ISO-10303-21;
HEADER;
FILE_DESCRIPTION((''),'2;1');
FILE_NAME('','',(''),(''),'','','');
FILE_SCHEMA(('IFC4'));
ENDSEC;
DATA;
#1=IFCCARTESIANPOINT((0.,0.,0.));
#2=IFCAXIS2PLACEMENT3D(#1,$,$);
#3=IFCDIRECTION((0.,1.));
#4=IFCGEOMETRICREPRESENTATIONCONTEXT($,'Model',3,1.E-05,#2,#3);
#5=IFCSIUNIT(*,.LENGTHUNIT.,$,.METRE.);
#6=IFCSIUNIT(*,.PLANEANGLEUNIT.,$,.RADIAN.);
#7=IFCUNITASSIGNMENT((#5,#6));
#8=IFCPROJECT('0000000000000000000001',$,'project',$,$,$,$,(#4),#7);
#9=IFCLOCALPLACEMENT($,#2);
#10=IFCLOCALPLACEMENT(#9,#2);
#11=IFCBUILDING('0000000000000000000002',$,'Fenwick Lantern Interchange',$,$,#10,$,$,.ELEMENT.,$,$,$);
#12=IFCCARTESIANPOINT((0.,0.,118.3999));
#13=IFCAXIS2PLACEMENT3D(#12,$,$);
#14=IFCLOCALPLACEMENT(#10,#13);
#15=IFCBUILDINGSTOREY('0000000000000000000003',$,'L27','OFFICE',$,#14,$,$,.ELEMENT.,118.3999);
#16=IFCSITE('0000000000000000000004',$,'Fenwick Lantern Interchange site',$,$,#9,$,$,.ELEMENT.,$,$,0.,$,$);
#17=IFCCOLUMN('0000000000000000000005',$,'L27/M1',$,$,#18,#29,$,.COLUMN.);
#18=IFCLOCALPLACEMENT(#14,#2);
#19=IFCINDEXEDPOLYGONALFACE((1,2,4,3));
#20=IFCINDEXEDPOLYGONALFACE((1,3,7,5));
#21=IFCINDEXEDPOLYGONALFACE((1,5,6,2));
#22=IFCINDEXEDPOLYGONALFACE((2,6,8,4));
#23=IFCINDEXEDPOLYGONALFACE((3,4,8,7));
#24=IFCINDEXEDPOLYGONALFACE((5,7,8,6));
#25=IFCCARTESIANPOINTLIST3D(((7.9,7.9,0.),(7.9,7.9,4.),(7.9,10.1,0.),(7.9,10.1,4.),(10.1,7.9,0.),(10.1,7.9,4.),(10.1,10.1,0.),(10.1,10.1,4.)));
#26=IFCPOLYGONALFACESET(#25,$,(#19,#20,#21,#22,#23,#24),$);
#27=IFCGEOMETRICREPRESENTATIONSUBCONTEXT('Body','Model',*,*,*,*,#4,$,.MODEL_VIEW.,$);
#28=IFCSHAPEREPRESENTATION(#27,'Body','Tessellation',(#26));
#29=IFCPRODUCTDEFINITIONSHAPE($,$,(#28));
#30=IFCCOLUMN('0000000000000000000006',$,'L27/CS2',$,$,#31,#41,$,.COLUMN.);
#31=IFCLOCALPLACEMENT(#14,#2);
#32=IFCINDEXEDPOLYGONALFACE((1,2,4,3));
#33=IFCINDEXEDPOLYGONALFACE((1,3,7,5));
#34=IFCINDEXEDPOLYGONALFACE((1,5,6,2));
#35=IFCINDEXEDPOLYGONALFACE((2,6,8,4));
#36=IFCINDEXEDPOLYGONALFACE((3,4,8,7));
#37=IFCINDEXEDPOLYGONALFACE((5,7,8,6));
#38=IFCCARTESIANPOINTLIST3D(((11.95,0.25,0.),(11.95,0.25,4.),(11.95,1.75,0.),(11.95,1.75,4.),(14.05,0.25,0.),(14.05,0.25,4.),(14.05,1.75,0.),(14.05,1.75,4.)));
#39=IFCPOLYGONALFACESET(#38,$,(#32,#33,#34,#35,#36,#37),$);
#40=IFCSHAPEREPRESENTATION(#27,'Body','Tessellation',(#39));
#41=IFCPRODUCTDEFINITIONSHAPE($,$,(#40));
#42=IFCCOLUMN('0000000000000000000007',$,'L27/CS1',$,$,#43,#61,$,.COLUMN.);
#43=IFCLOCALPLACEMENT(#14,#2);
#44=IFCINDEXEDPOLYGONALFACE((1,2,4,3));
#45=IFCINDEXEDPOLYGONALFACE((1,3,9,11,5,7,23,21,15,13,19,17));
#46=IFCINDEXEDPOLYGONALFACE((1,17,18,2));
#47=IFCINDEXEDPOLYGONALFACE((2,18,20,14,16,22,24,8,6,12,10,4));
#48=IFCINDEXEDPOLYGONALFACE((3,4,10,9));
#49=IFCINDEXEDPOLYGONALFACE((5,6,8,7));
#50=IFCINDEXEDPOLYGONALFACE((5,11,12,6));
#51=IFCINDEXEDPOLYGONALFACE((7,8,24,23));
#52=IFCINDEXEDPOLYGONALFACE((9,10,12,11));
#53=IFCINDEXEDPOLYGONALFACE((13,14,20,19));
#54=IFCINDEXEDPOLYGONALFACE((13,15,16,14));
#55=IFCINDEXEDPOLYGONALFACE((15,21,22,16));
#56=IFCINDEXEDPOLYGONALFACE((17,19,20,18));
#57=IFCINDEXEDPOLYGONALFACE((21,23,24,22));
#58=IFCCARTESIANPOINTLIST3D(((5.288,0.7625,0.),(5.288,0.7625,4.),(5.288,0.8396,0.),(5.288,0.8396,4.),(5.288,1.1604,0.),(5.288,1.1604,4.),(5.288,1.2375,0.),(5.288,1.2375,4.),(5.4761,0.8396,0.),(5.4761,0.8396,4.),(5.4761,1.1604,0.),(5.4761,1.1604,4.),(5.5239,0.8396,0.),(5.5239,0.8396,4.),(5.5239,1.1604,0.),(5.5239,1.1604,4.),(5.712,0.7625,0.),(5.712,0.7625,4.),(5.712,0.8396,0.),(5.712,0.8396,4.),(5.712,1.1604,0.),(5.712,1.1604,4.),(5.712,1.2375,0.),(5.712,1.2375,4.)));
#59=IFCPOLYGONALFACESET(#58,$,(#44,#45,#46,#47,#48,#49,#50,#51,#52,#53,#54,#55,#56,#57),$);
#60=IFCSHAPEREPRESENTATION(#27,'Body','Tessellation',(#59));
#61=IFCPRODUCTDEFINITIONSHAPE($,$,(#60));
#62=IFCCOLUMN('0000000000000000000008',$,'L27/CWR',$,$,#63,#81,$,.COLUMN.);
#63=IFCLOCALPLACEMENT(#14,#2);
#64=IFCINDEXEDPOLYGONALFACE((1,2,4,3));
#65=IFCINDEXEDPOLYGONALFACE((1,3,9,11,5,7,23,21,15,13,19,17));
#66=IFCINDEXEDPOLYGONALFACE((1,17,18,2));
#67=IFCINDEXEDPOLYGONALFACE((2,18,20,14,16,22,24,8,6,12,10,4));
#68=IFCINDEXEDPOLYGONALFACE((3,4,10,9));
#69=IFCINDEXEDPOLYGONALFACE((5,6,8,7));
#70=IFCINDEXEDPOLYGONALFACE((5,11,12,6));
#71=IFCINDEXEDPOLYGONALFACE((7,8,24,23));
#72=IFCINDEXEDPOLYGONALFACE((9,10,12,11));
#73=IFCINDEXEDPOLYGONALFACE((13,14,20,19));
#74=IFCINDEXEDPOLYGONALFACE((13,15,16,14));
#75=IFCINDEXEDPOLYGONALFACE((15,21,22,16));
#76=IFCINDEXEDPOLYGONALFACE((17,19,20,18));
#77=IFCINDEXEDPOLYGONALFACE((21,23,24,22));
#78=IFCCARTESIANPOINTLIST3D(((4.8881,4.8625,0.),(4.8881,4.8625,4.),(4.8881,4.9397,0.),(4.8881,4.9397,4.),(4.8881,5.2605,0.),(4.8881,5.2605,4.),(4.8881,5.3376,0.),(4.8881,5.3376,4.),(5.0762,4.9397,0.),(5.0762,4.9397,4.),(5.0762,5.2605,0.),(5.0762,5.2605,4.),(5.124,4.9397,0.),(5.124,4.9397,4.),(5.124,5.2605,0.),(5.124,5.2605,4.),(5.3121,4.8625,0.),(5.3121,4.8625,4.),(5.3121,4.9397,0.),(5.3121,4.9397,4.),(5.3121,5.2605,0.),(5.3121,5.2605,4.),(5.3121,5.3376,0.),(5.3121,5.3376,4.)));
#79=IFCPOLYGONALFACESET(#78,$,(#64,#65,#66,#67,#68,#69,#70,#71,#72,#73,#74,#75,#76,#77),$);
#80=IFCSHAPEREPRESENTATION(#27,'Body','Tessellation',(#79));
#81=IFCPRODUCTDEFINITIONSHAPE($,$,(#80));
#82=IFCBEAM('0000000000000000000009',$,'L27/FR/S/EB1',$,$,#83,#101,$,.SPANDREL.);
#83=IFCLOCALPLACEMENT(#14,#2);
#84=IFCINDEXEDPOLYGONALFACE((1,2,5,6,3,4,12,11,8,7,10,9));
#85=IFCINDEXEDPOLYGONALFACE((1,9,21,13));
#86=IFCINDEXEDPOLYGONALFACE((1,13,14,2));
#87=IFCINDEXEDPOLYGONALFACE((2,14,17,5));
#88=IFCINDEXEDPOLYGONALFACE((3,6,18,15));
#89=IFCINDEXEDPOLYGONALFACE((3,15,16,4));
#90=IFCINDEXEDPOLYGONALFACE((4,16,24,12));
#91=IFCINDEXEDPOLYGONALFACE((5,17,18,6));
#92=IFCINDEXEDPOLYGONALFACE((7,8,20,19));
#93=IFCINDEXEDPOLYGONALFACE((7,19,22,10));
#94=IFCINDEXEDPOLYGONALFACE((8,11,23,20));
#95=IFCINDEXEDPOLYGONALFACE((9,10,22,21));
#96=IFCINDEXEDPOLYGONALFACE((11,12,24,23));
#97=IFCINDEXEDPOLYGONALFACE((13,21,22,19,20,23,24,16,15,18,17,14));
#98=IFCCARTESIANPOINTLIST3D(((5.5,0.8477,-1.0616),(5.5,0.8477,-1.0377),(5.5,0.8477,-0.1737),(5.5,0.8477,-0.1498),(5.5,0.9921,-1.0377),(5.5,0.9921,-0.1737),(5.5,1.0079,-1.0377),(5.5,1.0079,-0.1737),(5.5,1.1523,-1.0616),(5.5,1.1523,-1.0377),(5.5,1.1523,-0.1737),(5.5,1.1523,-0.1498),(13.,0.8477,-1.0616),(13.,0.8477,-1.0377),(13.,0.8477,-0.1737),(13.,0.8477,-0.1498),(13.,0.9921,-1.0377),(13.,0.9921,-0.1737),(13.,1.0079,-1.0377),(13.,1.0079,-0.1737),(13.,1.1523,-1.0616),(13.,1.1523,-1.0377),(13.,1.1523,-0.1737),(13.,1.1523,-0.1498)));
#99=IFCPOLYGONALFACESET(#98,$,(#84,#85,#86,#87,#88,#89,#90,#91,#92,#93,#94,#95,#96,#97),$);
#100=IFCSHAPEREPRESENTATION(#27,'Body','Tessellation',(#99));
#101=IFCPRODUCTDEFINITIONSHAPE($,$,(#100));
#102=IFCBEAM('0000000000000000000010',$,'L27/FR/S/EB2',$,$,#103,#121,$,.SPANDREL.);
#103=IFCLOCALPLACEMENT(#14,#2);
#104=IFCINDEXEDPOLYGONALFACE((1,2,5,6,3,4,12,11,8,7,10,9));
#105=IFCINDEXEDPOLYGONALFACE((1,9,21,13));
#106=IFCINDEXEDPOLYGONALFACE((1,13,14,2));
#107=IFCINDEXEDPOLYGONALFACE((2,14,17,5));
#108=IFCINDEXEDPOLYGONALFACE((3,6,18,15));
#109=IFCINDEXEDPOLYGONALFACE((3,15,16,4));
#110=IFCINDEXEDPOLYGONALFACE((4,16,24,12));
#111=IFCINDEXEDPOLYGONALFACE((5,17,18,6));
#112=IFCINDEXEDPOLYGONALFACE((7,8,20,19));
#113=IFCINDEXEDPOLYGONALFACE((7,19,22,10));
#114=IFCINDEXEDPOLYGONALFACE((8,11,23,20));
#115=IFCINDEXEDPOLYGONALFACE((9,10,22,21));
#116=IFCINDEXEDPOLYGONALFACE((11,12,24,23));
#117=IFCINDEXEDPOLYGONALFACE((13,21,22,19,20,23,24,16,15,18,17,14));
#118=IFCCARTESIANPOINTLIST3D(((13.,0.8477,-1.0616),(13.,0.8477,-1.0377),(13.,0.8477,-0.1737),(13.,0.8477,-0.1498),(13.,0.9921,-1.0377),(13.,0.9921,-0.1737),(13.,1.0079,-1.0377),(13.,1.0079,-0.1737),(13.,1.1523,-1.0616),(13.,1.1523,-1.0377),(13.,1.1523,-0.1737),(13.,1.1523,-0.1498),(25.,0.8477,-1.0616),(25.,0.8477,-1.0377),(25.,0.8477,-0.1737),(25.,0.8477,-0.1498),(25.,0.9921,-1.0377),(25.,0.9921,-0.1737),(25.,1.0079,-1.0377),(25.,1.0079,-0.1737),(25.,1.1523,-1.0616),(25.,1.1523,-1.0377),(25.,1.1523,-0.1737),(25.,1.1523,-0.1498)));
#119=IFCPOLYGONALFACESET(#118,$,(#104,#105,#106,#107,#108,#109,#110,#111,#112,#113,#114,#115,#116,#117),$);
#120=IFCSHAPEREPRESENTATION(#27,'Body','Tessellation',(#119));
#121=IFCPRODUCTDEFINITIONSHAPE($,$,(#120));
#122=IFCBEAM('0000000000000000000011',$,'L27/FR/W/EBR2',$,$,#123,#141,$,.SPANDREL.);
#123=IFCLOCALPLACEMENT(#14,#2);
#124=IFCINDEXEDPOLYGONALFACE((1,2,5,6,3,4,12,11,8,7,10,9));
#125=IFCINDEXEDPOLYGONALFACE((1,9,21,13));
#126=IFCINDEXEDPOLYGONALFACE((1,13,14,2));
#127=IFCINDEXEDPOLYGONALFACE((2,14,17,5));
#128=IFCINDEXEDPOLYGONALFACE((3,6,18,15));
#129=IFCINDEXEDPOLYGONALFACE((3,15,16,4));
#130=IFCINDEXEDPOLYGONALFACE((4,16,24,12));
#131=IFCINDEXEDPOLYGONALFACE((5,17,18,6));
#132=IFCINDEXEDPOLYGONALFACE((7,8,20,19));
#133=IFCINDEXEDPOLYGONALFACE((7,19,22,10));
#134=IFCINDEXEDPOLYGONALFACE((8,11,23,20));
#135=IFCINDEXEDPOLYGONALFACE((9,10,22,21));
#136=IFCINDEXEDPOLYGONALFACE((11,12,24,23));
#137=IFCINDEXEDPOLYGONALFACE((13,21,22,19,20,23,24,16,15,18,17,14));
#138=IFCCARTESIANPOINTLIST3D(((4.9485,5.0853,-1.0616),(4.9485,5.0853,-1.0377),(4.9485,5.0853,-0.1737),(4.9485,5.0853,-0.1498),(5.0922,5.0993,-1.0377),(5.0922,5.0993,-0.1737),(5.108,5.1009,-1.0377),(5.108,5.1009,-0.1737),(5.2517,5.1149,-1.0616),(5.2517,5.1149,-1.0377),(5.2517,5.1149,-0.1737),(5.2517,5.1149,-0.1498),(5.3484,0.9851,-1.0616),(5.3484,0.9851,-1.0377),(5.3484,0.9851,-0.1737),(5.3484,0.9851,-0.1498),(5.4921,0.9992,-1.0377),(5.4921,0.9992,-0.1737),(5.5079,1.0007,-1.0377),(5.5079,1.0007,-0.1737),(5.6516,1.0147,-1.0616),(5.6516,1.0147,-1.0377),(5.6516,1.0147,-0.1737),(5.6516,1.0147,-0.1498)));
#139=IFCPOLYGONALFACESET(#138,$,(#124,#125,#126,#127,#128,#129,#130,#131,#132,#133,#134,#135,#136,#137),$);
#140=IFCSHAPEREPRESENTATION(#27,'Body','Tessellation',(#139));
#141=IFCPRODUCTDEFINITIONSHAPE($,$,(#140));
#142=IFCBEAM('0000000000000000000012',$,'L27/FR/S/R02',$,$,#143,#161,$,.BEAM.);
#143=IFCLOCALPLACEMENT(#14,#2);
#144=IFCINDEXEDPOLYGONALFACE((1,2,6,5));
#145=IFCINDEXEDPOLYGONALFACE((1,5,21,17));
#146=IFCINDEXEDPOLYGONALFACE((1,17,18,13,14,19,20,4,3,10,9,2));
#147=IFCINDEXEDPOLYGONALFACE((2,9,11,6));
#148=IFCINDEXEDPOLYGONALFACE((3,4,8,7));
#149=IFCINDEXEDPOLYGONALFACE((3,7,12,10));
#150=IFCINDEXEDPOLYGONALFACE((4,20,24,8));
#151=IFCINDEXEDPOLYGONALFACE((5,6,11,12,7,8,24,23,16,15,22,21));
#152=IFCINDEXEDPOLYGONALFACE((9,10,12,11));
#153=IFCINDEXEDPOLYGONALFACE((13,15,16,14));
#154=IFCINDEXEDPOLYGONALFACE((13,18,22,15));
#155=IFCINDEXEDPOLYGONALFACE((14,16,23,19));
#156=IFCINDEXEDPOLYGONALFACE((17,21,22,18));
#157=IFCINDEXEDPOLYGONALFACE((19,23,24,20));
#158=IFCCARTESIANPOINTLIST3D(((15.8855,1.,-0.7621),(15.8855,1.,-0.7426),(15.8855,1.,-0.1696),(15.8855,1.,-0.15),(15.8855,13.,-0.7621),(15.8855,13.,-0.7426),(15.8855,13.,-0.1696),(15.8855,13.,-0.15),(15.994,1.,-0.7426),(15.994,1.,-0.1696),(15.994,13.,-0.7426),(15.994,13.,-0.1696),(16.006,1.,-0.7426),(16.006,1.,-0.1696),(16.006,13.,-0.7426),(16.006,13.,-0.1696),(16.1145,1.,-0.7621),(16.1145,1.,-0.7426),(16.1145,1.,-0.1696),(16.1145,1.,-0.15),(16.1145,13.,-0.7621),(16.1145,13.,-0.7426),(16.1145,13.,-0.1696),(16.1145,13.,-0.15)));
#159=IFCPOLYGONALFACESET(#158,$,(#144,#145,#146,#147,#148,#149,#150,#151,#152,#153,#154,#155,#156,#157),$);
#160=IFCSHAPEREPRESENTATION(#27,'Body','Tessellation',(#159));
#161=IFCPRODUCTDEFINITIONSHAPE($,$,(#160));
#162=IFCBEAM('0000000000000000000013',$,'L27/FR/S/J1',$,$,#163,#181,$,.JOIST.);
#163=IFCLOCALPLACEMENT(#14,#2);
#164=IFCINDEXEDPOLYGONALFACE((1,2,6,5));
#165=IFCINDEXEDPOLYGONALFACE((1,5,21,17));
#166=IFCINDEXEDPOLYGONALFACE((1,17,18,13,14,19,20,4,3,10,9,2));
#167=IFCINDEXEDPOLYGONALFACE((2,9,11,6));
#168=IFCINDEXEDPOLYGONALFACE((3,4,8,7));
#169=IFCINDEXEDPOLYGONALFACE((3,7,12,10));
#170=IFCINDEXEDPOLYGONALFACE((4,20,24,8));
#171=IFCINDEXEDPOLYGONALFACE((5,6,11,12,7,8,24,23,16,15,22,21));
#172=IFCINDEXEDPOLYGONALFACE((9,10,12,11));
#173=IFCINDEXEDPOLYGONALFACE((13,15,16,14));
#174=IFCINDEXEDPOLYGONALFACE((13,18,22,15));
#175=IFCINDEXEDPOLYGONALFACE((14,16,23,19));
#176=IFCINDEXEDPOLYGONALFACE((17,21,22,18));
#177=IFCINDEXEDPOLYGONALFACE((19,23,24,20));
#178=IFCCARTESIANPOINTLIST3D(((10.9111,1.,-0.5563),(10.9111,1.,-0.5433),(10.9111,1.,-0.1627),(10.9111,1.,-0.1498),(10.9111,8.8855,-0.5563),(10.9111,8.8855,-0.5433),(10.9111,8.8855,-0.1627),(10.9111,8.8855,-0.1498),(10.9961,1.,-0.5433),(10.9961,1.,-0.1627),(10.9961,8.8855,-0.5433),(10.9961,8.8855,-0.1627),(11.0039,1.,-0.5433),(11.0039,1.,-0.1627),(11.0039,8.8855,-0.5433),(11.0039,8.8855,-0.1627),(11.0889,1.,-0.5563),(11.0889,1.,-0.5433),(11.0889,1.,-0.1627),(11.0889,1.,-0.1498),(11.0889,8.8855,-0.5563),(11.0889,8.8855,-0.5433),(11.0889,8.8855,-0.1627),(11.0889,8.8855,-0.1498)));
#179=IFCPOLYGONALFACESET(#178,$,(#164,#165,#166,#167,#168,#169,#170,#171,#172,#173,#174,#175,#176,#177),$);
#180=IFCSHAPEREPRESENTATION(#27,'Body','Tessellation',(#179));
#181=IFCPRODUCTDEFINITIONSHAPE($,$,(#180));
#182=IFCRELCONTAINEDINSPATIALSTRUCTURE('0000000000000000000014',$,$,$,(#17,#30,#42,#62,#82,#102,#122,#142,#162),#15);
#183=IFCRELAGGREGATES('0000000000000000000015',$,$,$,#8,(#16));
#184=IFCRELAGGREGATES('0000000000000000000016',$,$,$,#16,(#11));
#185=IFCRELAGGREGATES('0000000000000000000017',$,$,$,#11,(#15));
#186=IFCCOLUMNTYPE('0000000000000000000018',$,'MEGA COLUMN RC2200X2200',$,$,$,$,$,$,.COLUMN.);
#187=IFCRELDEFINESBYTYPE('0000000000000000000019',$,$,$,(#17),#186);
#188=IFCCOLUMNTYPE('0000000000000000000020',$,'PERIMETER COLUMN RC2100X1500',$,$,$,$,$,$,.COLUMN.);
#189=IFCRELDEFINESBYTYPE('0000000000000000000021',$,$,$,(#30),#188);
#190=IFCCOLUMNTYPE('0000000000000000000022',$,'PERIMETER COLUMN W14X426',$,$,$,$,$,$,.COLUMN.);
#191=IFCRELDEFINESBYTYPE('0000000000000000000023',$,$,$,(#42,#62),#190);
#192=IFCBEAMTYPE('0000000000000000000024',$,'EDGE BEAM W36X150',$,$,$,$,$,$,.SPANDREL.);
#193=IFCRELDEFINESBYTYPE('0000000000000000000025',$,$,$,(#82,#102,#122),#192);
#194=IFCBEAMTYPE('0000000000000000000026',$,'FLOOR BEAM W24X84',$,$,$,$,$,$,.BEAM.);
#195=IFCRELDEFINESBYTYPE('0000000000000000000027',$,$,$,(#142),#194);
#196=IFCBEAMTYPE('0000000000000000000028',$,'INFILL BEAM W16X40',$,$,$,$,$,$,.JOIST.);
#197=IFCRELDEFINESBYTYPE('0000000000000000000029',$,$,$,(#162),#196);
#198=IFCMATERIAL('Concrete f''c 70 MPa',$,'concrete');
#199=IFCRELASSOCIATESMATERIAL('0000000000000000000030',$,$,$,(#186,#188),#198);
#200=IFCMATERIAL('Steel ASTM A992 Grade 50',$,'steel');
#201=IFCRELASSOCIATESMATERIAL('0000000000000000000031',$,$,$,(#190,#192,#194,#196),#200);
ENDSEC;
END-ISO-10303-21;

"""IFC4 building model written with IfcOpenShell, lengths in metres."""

from ifc_helpers import new_model, si_unit, direction, frame, origin, origin_2d, place, context, subcontext, project, spatial, rectangle, i_section, extrude, material, material_profile, profile_set, type_object, element, save


model = new_model("IFC4")

# Units and contexts
model_context = context("Model", 3, precision=1e-05, world=origin(), true_north=direction((0.0, 1.0)))
body_context = subcontext(model_context, "Body", "Model", "MODEL_VIEW")
ifc_project = project(units=[si_unit("LENGTHUNIT", "METRE"), si_unit("PLANEANGLEUNIT", "RADIAN")], contexts=[model_context])

# Site, building, storey
site_placement = place(None, origin())
site = spatial("IfcSite", under=ifc_project, at=site_placement, Name="Fenwick Lantern Interchange site", CompositionType="ELEMENT", RefElevation=0.0)
building_placement = place(site_placement, origin())
building = spatial("IfcBuilding", under=site, at=building_placement, Name="Fenwick Lantern Interchange", CompositionType="ELEMENT")
storey_placement = place(building_placement, frame((0.0, 0.0, 118.3999)))
storey = spatial("IfcBuildingStorey", under=building, at=storey_placement, Name="L27", Description="OFFICE", CompositionType="ELEMENT", Elevation=118.3999)

# Columns
ifc_material_1 = material(Name="Concrete f'c 70 MPa", Category="concrete")
ifc_material_profile_1 = material_profile(ifc_material_1, rectangle(XDim=2.2, YDim=2.2, at=origin_2d()), Name="RC2200X2200")
ifc_profile_set_1 = profile_set([ifc_material_profile_1], Name="Concrete f'c 70 MPa")
column_type_1 = type_object("IfcColumnType", Name="MEGA COLUMN RC2200X2200", PredefinedType="COLUMN", material=ifc_profile_set_1)
column_1_placement = place(storey_placement, frame((9.0, 9.0, 0.0), z_axis=(0.0, 0.0, 1.0), x_axis=(1.0, 0.0, 0.0)))
element("IfcColumn", 1, at=column_1_placement, inside=storey, type_object=column_type_1, Name="L27/M1", PredefinedType="COLUMN", context=body_context, shape_type="SweptSolid", body=[
    extrude(rectangle(XDim=2.2, YDim=2.2, at=origin_2d()), origin(), (0.0, 0.0, 1.0), 4.0),
])
ifc_material_profile_2 = material_profile(ifc_material_1, rectangle(XDim=2.1001, YDim=1.5, at=origin_2d()), Name="RC2100X1500")
ifc_profile_set_2 = profile_set([ifc_material_profile_2], Name="Concrete f'c 70 MPa")
column_type_2 = type_object("IfcColumnType", Name="PERIMETER COLUMN RC2100X1500", PredefinedType="COLUMN", material=ifc_profile_set_2)
column_2_placement = place(storey_placement, frame((13.0, 1.0, 0.0), z_axis=(0.0, 0.0, 1.0), x_axis=(1.0, 0.0, 0.0)))
element("IfcColumn", 2, at=column_2_placement, inside=storey, type_object=column_type_2, Name="L27/CS2", PredefinedType="COLUMN", context=body_context, shape_type="SweptSolid", body=[
    extrude(rectangle(XDim=2.1001, YDim=1.5, at=origin_2d()), origin(), (0.0, 0.0, 1.0), 4.0),
])
ifc_material_2 = material(Name="Steel ASTM A992 Grade 50", Category="steel")
ifc_material_profile_3 = material_profile(ifc_material_2, i_section(OverallWidth=0.4241, OverallDepth=0.4751, WebThickness=0.0479, FlangeThickness=0.0771, at=origin_2d()), Name="W14X426")
ifc_profile_set_3 = profile_set([ifc_material_profile_3], Name="Steel ASTM A992 Grade 50")
column_type_3 = type_object("IfcColumnType", Name="PERIMETER COLUMN W14X426", PredefinedType="COLUMN", material=ifc_profile_set_3)
for number, where, z_axis, x_axis, name in (
    (3, (5.5, 1.0, 0.0), (0.0, 0.0, 1.0), (1.0, 0.0, 0.0), "L27/CS1"),
    (4, (5.1001, 5.1001, 0.0), (0.0, 0.0, 1.0), (1.0, 0.0, 0.0), "L27/CWR"),
):
    element("IfcColumn", number, at=place(storey_placement, frame(where, z_axis=z_axis, x_axis=x_axis)), inside=storey, type_object=column_type_3, Name=name, PredefinedType="COLUMN", context=body_context, shape_type="SweptSolid", body=[
        extrude(i_section(OverallWidth=0.4241, OverallDepth=0.4751, WebThickness=0.0479, FlangeThickness=0.0771, at=origin_2d()), origin(), (0.0, 0.0, 1.0), 4.0),
    ])

# Beams
ifc_material_profile_4 = material_profile(ifc_material_2, i_section(OverallWidth=0.3047, OverallDepth=0.9119, WebThickness=0.0159, FlangeThickness=0.0239, at=origin_2d()), Name="W36X150")
ifc_profile_set_4 = profile_set([ifc_material_profile_4], Name="Steel ASTM A992 Grade 50")
beam_type_1 = type_object("IfcBeamType", Name="EDGE BEAM W36X150", PredefinedType="SPANDREL", material=ifc_profile_set_4)
beam_1_placement = place(storey_placement, frame((5.5, 1.0, -0.6057), z_axis=(1.0, 0.0, 0.0), x_axis=(0.0, 1.0, 0.0)))
element("IfcBeam", 5, at=beam_1_placement, inside=storey, type_object=beam_type_1, Name="L27/FR/S/EB1", PredefinedType="SPANDREL", context=body_context, shape_type="SweptSolid", body=[
    extrude(i_section(OverallWidth=0.3047, OverallDepth=0.9119, WebThickness=0.0159, FlangeThickness=0.0239, at=origin_2d()), origin(), (0.0, 0.0, 1.0), 7.5),
])
beam_2_placement = place(storey_placement, frame((13.0, 1.0, -0.6057), z_axis=(1.0, 0.0, 0.0), x_axis=(0.0, 1.0, 0.0)))
element("IfcBeam", 6, at=beam_2_placement, inside=storey, type_object=beam_type_1, Name="L27/FR/S/EB2", PredefinedType="SPANDREL", context=body_context, shape_type="SweptSolid", body=[
    extrude(i_section(OverallWidth=0.3047, OverallDepth=0.9119, WebThickness=0.0159, FlangeThickness=0.0239, at=origin_2d()), origin(), (0.0, 0.0, 1.0), 12.0),
])
beam_3_placement = place(storey_placement, frame((5.1001, 5.1001, -0.6057), z_axis=(0.097074, -0.995277, 0.0), x_axis=(0.995277, 0.097074, 0.0)))
element("IfcBeam", 7, at=beam_3_placement, inside=storey, type_object=beam_type_1, Name="L27/FR/W/EBR2", PredefinedType="SPANDREL", context=body_context, shape_type="SweptSolid", body=[
    extrude(i_section(OverallWidth=0.3047, OverallDepth=0.9119, WebThickness=0.0159, FlangeThickness=0.0239, at=origin_2d()), origin(), (0.0, 0.0, 1.0), 4.1196),
])
ifc_material_profile_5 = material_profile(ifc_material_2, i_section(OverallWidth=0.229, OverallDepth=0.6121, WebThickness=0.012, FlangeThickness=0.0195, at=origin_2d()), Name="W24X84")
ifc_profile_set_5 = profile_set([ifc_material_profile_5], Name="Steel ASTM A992 Grade 50")
beam_type_2 = type_object("IfcBeamType", Name="FLOOR BEAM W24X84", PredefinedType="BEAM", material=ifc_profile_set_5)
beam_4_placement = place(storey_placement, frame((16.0, 1.0, -0.4561), z_axis=(0.0, 1.0, 0.0), x_axis=(-1.0, 0.0, 0.0)))
element("IfcBeam", 8, at=beam_4_placement, inside=storey, type_object=beam_type_2, Name="L27/FR/S/R02", PredefinedType="BEAM", context=body_context, shape_type="SweptSolid", body=[
    extrude(i_section(OverallWidth=0.229, OverallDepth=0.6121, WebThickness=0.012, FlangeThickness=0.0195, at=origin_2d()), origin(), (0.0, 0.0, 1.0), 12.0),
])
ifc_material_profile_6 = material_profile(ifc_material_2, i_section(OverallWidth=0.1777, OverallDepth=0.4065, WebThickness=0.0078, FlangeThickness=0.0129, at=origin_2d()), Name="W16X40")
ifc_profile_set_6 = profile_set([ifc_material_profile_6], Name="Steel ASTM A992 Grade 50")
beam_type_3 = type_object("IfcBeamType", Name="INFILL BEAM W16X40", PredefinedType="JOIST", material=ifc_profile_set_6)
beam_5_placement = place(storey_placement, frame((11.0, 1.0, -0.353), z_axis=(0.0, 1.0, 0.0), x_axis=(-1.0, 0.0, 0.0)))
element("IfcBeam", 9, at=beam_5_placement, inside=storey, type_object=beam_type_3, Name="L27/FR/S/J1", PredefinedType="JOIST", context=body_context, shape_type="SweptSolid", body=[
    extrude(i_section(OverallWidth=0.1777, OverallDepth=0.4065, WebThickness=0.0078, FlangeThickness=0.0129, at=origin_2d()), origin(), (0.0, 0.0, 1.0), 7.8855),
])

save(model, "model.ifc")
